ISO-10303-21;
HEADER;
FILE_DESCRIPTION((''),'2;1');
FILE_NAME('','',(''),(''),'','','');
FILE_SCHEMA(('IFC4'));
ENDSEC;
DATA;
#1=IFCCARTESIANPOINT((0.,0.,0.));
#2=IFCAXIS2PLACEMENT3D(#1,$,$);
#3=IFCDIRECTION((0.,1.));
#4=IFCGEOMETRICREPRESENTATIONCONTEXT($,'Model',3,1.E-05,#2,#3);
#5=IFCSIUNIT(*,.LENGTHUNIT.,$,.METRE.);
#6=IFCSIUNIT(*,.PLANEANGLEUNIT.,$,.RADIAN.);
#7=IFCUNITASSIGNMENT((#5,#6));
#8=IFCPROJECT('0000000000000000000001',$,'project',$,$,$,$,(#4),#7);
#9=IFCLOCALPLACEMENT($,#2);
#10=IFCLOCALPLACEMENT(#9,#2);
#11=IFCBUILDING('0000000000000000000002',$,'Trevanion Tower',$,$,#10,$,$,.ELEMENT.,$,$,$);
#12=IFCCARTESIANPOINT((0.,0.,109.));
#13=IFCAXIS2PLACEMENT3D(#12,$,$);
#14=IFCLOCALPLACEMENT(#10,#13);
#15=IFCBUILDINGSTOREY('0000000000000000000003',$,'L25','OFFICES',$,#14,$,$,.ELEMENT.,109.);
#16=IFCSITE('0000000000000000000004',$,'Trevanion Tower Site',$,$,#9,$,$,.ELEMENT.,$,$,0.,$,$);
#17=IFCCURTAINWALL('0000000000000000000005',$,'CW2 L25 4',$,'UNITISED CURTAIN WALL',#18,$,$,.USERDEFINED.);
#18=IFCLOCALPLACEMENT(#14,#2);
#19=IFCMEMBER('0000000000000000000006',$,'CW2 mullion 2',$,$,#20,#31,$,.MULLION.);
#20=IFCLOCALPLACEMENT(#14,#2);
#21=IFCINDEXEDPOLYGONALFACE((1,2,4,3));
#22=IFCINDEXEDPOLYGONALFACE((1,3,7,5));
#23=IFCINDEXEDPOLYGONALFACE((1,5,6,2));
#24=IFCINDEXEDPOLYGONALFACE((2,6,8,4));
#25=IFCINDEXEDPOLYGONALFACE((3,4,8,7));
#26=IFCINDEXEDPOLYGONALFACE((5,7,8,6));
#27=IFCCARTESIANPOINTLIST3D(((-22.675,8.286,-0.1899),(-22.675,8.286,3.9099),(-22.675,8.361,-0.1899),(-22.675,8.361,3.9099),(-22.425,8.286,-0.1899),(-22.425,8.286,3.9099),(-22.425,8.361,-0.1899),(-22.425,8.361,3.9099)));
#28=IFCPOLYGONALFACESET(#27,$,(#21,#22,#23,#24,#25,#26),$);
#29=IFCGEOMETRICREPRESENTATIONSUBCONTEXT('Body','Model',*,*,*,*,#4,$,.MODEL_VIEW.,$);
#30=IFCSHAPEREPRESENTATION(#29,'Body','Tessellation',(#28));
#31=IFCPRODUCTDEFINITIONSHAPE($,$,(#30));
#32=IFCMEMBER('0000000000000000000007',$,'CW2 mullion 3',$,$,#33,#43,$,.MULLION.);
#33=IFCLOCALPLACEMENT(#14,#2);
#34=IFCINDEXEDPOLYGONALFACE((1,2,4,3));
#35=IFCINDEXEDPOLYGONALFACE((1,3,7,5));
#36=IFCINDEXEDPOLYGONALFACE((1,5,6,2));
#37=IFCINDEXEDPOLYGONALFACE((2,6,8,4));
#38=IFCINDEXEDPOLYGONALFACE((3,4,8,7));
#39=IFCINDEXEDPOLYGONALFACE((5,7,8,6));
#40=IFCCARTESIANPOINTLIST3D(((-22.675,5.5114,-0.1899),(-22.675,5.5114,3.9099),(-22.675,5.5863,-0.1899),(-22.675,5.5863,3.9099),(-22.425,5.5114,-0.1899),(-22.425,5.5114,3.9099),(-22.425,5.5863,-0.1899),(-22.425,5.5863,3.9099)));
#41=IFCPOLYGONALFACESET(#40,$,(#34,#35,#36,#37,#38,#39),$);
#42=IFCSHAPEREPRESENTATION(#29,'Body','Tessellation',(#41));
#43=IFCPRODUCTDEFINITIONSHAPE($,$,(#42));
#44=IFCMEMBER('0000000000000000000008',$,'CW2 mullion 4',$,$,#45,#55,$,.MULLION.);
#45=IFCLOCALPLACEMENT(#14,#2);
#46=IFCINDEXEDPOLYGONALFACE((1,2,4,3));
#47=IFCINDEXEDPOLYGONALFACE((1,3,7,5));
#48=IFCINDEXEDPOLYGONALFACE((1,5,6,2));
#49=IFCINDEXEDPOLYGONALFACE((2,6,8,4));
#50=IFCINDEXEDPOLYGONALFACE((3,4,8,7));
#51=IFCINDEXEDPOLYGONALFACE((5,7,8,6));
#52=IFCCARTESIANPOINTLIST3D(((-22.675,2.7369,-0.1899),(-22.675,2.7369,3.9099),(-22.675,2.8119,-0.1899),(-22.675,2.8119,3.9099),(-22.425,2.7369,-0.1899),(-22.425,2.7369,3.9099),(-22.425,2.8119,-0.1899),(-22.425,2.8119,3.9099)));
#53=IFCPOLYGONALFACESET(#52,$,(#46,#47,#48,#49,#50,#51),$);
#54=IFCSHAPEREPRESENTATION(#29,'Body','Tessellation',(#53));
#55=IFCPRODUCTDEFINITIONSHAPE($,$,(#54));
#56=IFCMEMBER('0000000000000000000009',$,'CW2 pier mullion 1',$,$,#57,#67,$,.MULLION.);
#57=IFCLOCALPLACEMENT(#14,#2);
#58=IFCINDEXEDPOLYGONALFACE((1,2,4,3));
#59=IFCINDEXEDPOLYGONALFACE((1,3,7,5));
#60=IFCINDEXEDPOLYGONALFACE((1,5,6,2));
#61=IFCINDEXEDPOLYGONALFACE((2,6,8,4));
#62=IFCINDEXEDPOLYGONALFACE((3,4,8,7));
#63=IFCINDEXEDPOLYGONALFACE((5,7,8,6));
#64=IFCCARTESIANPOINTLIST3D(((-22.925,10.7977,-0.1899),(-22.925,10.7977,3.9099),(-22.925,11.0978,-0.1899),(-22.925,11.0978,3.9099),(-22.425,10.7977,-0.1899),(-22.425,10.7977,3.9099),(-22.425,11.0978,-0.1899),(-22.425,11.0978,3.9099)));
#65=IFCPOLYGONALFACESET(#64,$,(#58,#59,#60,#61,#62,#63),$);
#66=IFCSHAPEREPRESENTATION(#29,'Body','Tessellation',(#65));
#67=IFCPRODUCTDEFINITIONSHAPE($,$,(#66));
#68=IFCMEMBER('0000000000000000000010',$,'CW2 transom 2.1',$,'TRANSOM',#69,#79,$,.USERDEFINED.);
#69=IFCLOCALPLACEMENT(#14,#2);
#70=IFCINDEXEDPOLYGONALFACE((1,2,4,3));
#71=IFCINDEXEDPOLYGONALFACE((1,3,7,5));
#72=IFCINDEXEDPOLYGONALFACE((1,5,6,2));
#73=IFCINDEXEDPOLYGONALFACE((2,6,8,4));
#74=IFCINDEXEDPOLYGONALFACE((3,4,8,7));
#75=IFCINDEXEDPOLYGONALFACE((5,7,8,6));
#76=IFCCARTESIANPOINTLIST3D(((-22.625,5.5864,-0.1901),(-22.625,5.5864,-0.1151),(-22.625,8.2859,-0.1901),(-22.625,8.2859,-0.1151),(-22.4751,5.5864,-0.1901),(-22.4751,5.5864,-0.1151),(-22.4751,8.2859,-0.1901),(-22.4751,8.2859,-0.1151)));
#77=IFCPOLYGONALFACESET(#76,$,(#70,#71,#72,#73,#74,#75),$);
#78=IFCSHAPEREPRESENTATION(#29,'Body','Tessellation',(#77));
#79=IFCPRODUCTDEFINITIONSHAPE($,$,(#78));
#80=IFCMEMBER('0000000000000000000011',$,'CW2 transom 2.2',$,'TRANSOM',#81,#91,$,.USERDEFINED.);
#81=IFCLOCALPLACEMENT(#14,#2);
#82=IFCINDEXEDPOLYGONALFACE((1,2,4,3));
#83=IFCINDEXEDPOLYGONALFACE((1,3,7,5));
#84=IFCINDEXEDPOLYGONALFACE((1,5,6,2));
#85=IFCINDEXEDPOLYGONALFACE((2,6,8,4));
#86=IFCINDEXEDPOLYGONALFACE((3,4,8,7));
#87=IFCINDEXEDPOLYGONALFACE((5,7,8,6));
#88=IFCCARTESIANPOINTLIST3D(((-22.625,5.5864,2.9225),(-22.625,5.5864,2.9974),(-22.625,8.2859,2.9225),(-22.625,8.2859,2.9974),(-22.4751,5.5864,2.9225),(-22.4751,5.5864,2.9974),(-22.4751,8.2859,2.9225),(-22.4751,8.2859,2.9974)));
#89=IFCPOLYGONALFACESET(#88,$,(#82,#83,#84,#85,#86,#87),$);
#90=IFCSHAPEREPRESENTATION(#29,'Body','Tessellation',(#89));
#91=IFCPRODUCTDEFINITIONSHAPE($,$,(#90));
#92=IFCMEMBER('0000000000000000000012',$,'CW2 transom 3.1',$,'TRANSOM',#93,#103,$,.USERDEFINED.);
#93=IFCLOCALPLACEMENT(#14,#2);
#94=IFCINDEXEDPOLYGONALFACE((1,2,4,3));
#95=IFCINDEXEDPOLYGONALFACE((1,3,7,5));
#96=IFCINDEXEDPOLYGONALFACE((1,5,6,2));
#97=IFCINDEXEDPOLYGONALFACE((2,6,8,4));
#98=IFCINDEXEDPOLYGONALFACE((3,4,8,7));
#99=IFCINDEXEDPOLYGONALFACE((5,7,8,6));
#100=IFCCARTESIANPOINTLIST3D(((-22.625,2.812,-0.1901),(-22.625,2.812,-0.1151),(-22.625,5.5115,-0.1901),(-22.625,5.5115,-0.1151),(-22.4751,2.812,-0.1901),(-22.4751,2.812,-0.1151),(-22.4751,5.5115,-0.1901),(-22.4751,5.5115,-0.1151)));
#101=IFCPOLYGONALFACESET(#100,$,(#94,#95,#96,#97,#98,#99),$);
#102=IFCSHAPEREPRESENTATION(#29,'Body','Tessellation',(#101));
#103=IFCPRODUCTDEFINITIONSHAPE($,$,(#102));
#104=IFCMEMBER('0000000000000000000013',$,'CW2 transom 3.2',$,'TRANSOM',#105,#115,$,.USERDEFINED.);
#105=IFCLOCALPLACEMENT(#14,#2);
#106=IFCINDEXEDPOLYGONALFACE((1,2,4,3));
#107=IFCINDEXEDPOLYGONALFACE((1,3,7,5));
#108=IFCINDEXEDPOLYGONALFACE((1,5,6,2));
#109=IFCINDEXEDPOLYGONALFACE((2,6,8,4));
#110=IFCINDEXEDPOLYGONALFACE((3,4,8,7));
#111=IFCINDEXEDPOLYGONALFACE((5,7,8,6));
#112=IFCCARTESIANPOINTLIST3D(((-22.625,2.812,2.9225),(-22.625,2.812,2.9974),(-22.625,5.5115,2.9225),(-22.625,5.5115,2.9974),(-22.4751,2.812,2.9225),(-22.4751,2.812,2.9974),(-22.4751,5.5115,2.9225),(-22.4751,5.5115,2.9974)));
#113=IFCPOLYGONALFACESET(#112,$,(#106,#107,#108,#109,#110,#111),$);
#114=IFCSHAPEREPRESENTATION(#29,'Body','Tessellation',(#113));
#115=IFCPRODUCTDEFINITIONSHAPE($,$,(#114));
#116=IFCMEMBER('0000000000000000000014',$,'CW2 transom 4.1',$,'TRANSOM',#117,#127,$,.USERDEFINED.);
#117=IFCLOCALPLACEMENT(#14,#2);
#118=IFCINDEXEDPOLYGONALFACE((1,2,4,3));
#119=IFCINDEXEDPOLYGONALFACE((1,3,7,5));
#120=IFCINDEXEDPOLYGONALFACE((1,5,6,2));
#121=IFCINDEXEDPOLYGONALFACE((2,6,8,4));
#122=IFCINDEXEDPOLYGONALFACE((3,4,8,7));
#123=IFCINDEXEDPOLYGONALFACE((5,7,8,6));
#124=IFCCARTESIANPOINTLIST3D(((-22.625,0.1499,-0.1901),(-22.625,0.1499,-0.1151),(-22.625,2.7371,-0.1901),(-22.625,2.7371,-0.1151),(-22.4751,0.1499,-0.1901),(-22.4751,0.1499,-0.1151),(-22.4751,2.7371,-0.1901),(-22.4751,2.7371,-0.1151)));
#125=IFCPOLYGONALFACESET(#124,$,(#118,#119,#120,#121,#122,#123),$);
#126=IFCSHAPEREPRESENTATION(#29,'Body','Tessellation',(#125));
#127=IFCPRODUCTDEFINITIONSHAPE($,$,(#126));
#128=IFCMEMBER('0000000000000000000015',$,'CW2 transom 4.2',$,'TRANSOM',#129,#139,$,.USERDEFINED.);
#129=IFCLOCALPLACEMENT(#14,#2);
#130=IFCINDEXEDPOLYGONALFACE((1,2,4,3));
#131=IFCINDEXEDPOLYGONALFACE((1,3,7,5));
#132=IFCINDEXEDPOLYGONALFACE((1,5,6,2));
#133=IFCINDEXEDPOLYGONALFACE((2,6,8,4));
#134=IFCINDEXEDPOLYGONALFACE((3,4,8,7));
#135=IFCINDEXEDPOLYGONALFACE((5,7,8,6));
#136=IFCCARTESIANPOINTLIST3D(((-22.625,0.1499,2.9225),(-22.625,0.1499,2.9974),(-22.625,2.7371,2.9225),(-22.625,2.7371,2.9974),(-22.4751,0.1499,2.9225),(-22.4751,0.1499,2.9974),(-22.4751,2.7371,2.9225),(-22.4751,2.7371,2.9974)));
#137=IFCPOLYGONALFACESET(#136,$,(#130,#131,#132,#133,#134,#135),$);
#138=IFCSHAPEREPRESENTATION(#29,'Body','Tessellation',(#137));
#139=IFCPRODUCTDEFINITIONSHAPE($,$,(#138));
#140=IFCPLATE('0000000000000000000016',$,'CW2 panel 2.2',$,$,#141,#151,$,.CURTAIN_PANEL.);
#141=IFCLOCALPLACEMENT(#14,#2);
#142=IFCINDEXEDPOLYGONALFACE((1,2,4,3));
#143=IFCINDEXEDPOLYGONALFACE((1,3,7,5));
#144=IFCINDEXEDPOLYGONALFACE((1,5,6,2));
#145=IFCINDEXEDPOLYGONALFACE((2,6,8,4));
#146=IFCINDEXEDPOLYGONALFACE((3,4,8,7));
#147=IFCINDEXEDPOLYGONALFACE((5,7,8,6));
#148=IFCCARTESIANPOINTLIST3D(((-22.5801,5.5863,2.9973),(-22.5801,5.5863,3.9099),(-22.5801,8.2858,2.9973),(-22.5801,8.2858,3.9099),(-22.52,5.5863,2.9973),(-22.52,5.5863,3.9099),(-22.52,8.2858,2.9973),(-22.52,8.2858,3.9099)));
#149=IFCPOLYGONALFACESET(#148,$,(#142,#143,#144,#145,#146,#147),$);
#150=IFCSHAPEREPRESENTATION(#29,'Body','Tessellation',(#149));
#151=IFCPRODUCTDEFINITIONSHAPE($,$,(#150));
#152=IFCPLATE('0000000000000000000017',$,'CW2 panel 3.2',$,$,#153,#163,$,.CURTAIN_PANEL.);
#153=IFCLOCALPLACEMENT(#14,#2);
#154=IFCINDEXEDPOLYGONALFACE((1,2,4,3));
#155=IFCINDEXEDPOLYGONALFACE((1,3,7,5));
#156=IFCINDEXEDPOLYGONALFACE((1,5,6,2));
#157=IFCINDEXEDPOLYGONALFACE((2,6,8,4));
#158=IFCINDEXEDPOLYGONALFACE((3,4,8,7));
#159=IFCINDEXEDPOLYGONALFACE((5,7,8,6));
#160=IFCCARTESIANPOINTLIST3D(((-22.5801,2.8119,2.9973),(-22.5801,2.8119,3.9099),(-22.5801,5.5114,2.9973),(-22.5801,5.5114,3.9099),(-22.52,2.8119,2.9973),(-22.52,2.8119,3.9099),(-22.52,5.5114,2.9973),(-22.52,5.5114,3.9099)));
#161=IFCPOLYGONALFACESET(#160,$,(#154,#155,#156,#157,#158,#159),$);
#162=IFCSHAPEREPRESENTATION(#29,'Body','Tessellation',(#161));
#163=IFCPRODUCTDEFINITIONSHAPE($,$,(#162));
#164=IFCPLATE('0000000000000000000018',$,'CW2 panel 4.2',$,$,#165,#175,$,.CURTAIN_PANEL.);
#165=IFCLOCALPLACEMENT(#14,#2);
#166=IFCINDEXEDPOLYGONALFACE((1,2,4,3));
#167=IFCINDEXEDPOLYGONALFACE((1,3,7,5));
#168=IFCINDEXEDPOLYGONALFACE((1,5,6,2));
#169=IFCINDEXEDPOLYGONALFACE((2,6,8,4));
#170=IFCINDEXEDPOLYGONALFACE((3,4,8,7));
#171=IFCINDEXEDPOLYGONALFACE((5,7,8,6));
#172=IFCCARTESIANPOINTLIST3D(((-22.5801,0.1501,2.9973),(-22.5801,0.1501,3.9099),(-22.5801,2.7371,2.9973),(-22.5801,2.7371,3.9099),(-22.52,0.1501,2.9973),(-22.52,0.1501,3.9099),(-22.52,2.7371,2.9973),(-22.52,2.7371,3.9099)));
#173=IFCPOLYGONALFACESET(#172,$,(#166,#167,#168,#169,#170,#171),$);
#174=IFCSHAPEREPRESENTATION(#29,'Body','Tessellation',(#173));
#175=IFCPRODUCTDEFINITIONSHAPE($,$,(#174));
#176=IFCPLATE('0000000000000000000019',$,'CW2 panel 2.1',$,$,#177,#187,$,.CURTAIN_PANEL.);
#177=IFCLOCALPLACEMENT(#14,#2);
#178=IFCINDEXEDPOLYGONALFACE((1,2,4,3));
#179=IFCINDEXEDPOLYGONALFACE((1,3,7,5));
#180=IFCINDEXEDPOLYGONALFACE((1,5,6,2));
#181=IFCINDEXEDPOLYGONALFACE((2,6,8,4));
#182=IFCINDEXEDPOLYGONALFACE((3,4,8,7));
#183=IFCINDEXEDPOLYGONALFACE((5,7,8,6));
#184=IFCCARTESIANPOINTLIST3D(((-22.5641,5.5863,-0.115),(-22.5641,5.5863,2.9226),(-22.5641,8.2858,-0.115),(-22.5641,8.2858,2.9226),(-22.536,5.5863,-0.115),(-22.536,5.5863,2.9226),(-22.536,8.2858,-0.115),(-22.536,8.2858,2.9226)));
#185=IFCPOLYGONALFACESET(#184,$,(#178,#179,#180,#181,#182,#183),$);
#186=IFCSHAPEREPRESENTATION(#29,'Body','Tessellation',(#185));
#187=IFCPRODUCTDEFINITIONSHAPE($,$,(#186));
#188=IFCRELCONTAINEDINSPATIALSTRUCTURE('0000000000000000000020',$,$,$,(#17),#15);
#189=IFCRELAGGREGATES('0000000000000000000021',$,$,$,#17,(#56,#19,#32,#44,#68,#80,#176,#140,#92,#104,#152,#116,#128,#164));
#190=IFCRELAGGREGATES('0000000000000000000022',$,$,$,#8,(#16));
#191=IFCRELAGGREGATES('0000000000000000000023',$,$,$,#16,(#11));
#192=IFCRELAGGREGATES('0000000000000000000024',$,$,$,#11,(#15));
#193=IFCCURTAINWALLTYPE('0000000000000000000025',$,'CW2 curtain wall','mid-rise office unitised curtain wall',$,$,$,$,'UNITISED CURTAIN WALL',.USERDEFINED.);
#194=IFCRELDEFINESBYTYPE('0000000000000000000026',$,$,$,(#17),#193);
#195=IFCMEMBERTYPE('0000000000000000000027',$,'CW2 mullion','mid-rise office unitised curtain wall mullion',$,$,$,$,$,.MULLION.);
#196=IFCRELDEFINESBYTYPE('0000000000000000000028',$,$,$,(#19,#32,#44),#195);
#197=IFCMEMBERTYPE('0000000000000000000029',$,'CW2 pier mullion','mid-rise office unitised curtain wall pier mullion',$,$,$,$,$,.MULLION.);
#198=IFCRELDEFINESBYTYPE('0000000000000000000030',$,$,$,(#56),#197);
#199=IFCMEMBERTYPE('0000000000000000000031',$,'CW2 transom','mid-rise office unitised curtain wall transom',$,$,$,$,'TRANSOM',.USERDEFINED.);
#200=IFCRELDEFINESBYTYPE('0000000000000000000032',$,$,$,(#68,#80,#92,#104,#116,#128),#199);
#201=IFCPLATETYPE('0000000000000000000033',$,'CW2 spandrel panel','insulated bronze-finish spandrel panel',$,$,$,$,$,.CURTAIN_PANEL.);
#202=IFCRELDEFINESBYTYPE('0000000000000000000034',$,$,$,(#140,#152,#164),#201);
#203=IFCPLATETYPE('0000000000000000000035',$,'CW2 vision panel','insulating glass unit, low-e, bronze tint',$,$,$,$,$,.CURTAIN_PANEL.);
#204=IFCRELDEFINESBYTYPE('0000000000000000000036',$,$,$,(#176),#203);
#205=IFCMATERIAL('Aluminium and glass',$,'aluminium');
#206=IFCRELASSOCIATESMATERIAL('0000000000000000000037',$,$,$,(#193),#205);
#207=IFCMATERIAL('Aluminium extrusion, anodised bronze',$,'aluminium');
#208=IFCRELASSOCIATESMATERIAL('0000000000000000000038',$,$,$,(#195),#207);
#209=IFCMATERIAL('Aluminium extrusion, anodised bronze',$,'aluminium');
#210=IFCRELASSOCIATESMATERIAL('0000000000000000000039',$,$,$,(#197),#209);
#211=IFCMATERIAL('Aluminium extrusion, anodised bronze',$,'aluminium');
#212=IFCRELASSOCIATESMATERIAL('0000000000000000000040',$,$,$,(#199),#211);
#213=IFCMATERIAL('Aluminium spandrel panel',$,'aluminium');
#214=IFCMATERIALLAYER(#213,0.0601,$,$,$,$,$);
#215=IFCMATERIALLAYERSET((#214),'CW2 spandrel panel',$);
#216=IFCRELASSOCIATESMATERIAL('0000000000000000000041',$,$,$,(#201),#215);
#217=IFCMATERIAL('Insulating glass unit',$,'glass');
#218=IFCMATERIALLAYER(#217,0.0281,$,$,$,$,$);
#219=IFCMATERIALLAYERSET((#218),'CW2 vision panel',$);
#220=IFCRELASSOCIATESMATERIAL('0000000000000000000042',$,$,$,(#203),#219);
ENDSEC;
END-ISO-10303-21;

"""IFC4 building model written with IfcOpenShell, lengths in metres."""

from ifc_helpers import new_model, si_unit, direction, frame, origin, origin_2d, place, context, subcontext, project, spatial, rectangle, extrude, material, layer, layer_set, material_profile, profile_set, type_object, element, aggregate, save


model = new_model("IFC4")

# Units and contexts
model_context = context("Model", 3, precision=1e-05, world=origin(), true_north=direction((0.0, 1.0)))
body_context = subcontext(model_context, "Body", "Model", "MODEL_VIEW")
ifc_project = project(units=[si_unit("LENGTHUNIT", "METRE"), si_unit("PLANEANGLEUNIT", "RADIAN")], contexts=[model_context])

# Site, building, storey
site_placement = place(None, origin())
site = spatial("IfcSite", under=ifc_project, at=site_placement, Name="Trevanion Tower Site", CompositionType="ELEMENT", RefElevation=0.0)
building_placement = place(site_placement, origin())
building = spatial("IfcBuilding", under=site, at=building_placement, Name="Trevanion Tower", CompositionType="ELEMENT")
storey_placement = place(building_placement, frame((0.0, 0.0, 109.0)))
storey = spatial("IfcBuildingStorey", under=building, at=storey_placement, Name="L25", Description="OFFICES", CompositionType="ELEMENT", Elevation=109.0)

# Curtain wall, members, plates
ifc_material_1 = material(Name="Aluminium and glass", Category="aluminium")
curtain_wall_type = type_object("IfcCurtainWallType", Name="CW2 curtain wall", Description="mid-rise office unitised curtain wall", ElementType="UNITISED CURTAIN WALL", PredefinedType="USERDEFINED", material=ifc_material_1)
curtain_wall_placement = place(storey_placement, origin())
curtain_wall = element("IfcCurtainWall", 1, at=curtain_wall_placement, inside=storey, type_object=curtain_wall_type, Name="CW2 L25 4", ObjectType="UNITISED CURTAIN WALL", PredefinedType="USERDEFINED")
ifc_material_2 = material(Name="Aluminium extrusion, anodised bronze", Category="aluminium")
ifc_material_profile_1 = material_profile(ifc_material_2, rectangle(XDim=0.075, YDim=0.25, at=origin_2d()), Name="CW2 mullion")
ifc_profile_set_1 = profile_set([ifc_material_profile_1], Name="Aluminium extrusion, anodised bronze")
member_type_1 = type_object("IfcMemberType", Name="CW2 mullion", Description="mid-rise office unitised curtain wall mullion", PredefinedType="MULLION", material=ifc_profile_set_1)
member_1_placement = place(storey_placement, frame((-22.55, 8.3235, -0.1899), z_axis=(0.0, 0.0, 1.0), x_axis=(0.0, -1.0, 0.0)))
member_1 = element("IfcMember", 2, at=member_1_placement, type_object=member_type_1, Name="CW2 mullion 2", PredefinedType="MULLION", context=body_context, shape_type="SweptSolid", body=[
    extrude(rectangle(XDim=0.075, YDim=0.25, at=origin_2d()), origin(), (0.0, 0.0, 1.0), 4.0999),
])
member_2_placement = place(storey_placement, frame((-22.55, 5.5488, -0.1899), z_axis=(0.0, 0.0, 1.0), x_axis=(0.0, -1.0, 0.0)))
member_2 = element("IfcMember", 3, at=member_2_placement, type_object=member_type_1, Name="CW2 mullion 3", PredefinedType="MULLION", context=body_context, shape_type="SweptSolid", body=[
    extrude(rectangle(XDim=0.075, YDim=0.25, at=origin_2d()), origin(), (0.0, 0.0, 1.0), 4.0999),
])
member_3_placement = place(storey_placement, frame((-22.55, 2.7744, -0.1899), z_axis=(0.0, 0.0, 1.0), x_axis=(0.0, -1.0, 0.0)))
member_3 = element("IfcMember", 4, at=member_3_placement, type_object=member_type_1, Name="CW2 mullion 4", PredefinedType="MULLION", context=body_context, shape_type="SweptSolid", body=[
    extrude(rectangle(XDim=0.075, YDim=0.25, at=origin_2d()), origin(), (0.0, 0.0, 1.0), 4.0999),
])
ifc_material_3 = material(Name="Aluminium extrusion, anodised bronze", Category="aluminium")
ifc_material_profile_2 = material_profile(ifc_material_3, rectangle(XDim=0.3, YDim=0.5, at=origin_2d()), Name="CW2 pier mullion")
ifc_profile_set_2 = profile_set([ifc_material_profile_2], Name="Aluminium extrusion, anodised bronze")
member_type_2 = type_object("IfcMemberType", Name="CW2 pier mullion", Description="mid-rise office unitised curtain wall pier mullion", PredefinedType="MULLION", material=ifc_profile_set_2)
member_4_placement = place(storey_placement, frame((-22.675, 10.9478, -0.1899), z_axis=(0.0, 0.0, 1.0), x_axis=(0.0, -1.0, 0.0)))
member_4 = element("IfcMember", 5, at=member_4_placement, type_object=member_type_2, Name="CW2 pier mullion 1", PredefinedType="MULLION", context=body_context, shape_type="SweptSolid", body=[
    extrude(rectangle(XDim=0.3, YDim=0.5, at=origin_2d()), origin(), (0.0, 0.0, 1.0), 4.0999),
])
ifc_material_4 = material(Name="Aluminium extrusion, anodised bronze", Category="aluminium")
ifc_material_profile_3 = material_profile(ifc_material_4, rectangle(XDim=0.1499, YDim=0.075, at=origin_2d()), Name="CW2 transom")
ifc_profile_set_3 = profile_set([ifc_material_profile_3], Name="Aluminium extrusion, anodised bronze")
member_type_3 = type_object("IfcMemberType", Name="CW2 transom", Description="mid-rise office unitised curtain wall transom", ElementType="TRANSOM", PredefinedType="USERDEFINED", material=ifc_profile_set_3)
member_5_placement = place(storey_placement, frame((-22.55, 8.2859, -0.1526), z_axis=(0.0, -1.0, 0.0), x_axis=(1.0, 0.0, 0.0)))
member_5 = element("IfcMember", 6, at=member_5_placement, type_object=member_type_3, Name="CW2 transom 2.1", ObjectType="TRANSOM", PredefinedType="USERDEFINED", context=body_context, shape_type="SweptSolid", body=[
    extrude(rectangle(XDim=0.1499, YDim=0.075, at=origin_2d()), origin(), (0.0, 0.0, 1.0), 2.6995),
])
member_6_placement = place(storey_placement, frame((-22.55, 8.2859, 2.96), z_axis=(0.0, -1.0, 0.0), x_axis=(1.0, 0.0, 0.0)))
member_6 = element("IfcMember", 7, at=member_6_placement, type_object=member_type_3, Name="CW2 transom 2.2", ObjectType="TRANSOM", PredefinedType="USERDEFINED", context=body_context, shape_type="SweptSolid", body=[
    extrude(rectangle(XDim=0.1499, YDim=0.075, at=origin_2d()), origin(), (0.0, 0.0, 1.0), 2.6995),
])
member_7_placement = place(storey_placement, frame((-22.55, 5.5115, -0.1526), z_axis=(0.0, -1.0, 0.0), x_axis=(1.0, 0.0, 0.0)))
member_7 = element("IfcMember", 8, at=member_7_placement, type_object=member_type_3, Name="CW2 transom 3.1", ObjectType="TRANSOM", PredefinedType="USERDEFINED", context=body_context, shape_type="SweptSolid", body=[
    extrude(rectangle(XDim=0.1499, YDim=0.075, at=origin_2d()), origin(), (0.0, 0.0, 1.0), 2.6995),
])
member_8_placement = place(storey_placement, frame((-22.55, 5.5115, 2.96), z_axis=(0.0, -1.0, 0.0), x_axis=(1.0, 0.0, 0.0)))
member_8 = element("IfcMember", 9, at=member_8_placement, type_object=member_type_3, Name="CW2 transom 3.2", ObjectType="TRANSOM", PredefinedType="USERDEFINED", context=body_context, shape_type="SweptSolid", body=[
    extrude(rectangle(XDim=0.1499, YDim=0.075, at=origin_2d()), origin(), (0.0, 0.0, 1.0), 2.6995),
])
member_9_placement = place(storey_placement, frame((-22.55, 2.7371, -0.1526), z_axis=(0.0, -1.0, 0.0), x_axis=(1.0, 0.0, 0.0)))
member_9 = element("IfcMember", 10, at=member_9_placement, type_object=member_type_3, Name="CW2 transom 4.1", ObjectType="TRANSOM", PredefinedType="USERDEFINED", context=body_context, shape_type="SweptSolid", body=[
    extrude(rectangle(XDim=0.1499, YDim=0.075, at=origin_2d()), origin(), (0.0, 0.0, 1.0), 2.5872),
])
member_10_placement = place(storey_placement, frame((-22.55, 2.7371, 2.96), z_axis=(0.0, -1.0, 0.0), x_axis=(1.0, 0.0, 0.0)))
member_10 = element("IfcMember", 11, at=member_10_placement, type_object=member_type_3, Name="CW2 transom 4.2", ObjectType="TRANSOM", PredefinedType="USERDEFINED", context=body_context, shape_type="SweptSolid", body=[
    extrude(rectangle(XDim=0.1499, YDim=0.075, at=origin_2d()), origin(), (0.0, 0.0, 1.0), 2.5872),
])
ifc_material_5 = material(Name="Aluminium spandrel panel", Category="aluminium")
ifc_layer_1 = layer(ifc_material_5, 0.0601)
ifc_layer_set_1 = layer_set([ifc_layer_1], Name="CW2 spandrel panel")
plate_type_1 = type_object("IfcPlateType", Name="CW2 spandrel panel", Description="insulated bronze-finish spandrel panel", PredefinedType="CURTAIN_PANEL", material=ifc_layer_set_1)
plate_1_placement = place(storey_placement, frame((-22.55, 6.936, 2.9973), z_axis=(0.0, 0.0, 1.0), x_axis=(0.0, -1.0, 0.0)))
plate_1 = element("IfcPlate", 12, at=plate_1_placement, type_object=plate_type_1, Name="CW2 panel 2.2", PredefinedType="CURTAIN_PANEL", context=body_context, shape_type="SweptSolid", body=[
    extrude(rectangle(XDim=2.6995, YDim=0.0601, at=origin_2d()), origin(), (0.0, 0.0, 1.0), 0.9126),
])
plate_2_placement = place(storey_placement, frame((-22.55, 4.1616, 2.9973), z_axis=(0.0, 0.0, 1.0), x_axis=(0.0, -1.0, 0.0)))
plate_2 = element("IfcPlate", 13, at=plate_2_placement, type_object=plate_type_1, Name="CW2 panel 3.2", PredefinedType="CURTAIN_PANEL", context=body_context, shape_type="SweptSolid", body=[
    extrude(rectangle(XDim=2.6995, YDim=0.0601, at=origin_2d()), origin(), (0.0, 0.0, 1.0), 0.9126),
])
plate_3_placement = place(storey_placement, frame((-22.55, 1.4436, 2.9973), z_axis=(0.0, 0.0, 1.0), x_axis=(0.0, -1.0, 0.0)))
plate_3 = element("IfcPlate", 14, at=plate_3_placement, type_object=plate_type_1, Name="CW2 panel 4.2", PredefinedType="CURTAIN_PANEL", context=body_context, shape_type="SweptSolid", body=[
    extrude(rectangle(XDim=2.5869, YDim=0.0601, at=origin_2d()), origin(), (0.0, 0.0, 1.0), 0.9126),
])
ifc_material_6 = material(Name="Insulating glass unit", Category="glass")
ifc_layer_2 = layer(ifc_material_6, 0.0281)
ifc_layer_set_2 = layer_set([ifc_layer_2], Name="CW2 vision panel")
plate_type_2 = type_object("IfcPlateType", Name="CW2 vision panel", Description="insulating glass unit, low-e, bronze tint", PredefinedType="CURTAIN_PANEL", material=ifc_layer_set_2)
plate_4_placement = place(storey_placement, frame((-22.55, 6.936, -0.115), z_axis=(0.0, 0.0, 1.0), x_axis=(0.0, -1.0, 0.0)))
plate_4 = element("IfcPlate", 15, at=plate_4_placement, type_object=plate_type_2, Name="CW2 panel 2.1", PredefinedType="CURTAIN_PANEL", context=body_context, shape_type="SweptSolid", body=[
    extrude(rectangle(XDim=2.6995, YDim=0.0281, at=origin_2d()), origin(), (0.0, 0.0, 1.0), 3.0376),
])
aggregate(curtain_wall, [member_4, member_1, member_2, member_3, member_5, member_6, plate_4, plate_1, member_7, member_8, plate_2, member_9, member_10, plate_3])

save(model, "model.ifc")
